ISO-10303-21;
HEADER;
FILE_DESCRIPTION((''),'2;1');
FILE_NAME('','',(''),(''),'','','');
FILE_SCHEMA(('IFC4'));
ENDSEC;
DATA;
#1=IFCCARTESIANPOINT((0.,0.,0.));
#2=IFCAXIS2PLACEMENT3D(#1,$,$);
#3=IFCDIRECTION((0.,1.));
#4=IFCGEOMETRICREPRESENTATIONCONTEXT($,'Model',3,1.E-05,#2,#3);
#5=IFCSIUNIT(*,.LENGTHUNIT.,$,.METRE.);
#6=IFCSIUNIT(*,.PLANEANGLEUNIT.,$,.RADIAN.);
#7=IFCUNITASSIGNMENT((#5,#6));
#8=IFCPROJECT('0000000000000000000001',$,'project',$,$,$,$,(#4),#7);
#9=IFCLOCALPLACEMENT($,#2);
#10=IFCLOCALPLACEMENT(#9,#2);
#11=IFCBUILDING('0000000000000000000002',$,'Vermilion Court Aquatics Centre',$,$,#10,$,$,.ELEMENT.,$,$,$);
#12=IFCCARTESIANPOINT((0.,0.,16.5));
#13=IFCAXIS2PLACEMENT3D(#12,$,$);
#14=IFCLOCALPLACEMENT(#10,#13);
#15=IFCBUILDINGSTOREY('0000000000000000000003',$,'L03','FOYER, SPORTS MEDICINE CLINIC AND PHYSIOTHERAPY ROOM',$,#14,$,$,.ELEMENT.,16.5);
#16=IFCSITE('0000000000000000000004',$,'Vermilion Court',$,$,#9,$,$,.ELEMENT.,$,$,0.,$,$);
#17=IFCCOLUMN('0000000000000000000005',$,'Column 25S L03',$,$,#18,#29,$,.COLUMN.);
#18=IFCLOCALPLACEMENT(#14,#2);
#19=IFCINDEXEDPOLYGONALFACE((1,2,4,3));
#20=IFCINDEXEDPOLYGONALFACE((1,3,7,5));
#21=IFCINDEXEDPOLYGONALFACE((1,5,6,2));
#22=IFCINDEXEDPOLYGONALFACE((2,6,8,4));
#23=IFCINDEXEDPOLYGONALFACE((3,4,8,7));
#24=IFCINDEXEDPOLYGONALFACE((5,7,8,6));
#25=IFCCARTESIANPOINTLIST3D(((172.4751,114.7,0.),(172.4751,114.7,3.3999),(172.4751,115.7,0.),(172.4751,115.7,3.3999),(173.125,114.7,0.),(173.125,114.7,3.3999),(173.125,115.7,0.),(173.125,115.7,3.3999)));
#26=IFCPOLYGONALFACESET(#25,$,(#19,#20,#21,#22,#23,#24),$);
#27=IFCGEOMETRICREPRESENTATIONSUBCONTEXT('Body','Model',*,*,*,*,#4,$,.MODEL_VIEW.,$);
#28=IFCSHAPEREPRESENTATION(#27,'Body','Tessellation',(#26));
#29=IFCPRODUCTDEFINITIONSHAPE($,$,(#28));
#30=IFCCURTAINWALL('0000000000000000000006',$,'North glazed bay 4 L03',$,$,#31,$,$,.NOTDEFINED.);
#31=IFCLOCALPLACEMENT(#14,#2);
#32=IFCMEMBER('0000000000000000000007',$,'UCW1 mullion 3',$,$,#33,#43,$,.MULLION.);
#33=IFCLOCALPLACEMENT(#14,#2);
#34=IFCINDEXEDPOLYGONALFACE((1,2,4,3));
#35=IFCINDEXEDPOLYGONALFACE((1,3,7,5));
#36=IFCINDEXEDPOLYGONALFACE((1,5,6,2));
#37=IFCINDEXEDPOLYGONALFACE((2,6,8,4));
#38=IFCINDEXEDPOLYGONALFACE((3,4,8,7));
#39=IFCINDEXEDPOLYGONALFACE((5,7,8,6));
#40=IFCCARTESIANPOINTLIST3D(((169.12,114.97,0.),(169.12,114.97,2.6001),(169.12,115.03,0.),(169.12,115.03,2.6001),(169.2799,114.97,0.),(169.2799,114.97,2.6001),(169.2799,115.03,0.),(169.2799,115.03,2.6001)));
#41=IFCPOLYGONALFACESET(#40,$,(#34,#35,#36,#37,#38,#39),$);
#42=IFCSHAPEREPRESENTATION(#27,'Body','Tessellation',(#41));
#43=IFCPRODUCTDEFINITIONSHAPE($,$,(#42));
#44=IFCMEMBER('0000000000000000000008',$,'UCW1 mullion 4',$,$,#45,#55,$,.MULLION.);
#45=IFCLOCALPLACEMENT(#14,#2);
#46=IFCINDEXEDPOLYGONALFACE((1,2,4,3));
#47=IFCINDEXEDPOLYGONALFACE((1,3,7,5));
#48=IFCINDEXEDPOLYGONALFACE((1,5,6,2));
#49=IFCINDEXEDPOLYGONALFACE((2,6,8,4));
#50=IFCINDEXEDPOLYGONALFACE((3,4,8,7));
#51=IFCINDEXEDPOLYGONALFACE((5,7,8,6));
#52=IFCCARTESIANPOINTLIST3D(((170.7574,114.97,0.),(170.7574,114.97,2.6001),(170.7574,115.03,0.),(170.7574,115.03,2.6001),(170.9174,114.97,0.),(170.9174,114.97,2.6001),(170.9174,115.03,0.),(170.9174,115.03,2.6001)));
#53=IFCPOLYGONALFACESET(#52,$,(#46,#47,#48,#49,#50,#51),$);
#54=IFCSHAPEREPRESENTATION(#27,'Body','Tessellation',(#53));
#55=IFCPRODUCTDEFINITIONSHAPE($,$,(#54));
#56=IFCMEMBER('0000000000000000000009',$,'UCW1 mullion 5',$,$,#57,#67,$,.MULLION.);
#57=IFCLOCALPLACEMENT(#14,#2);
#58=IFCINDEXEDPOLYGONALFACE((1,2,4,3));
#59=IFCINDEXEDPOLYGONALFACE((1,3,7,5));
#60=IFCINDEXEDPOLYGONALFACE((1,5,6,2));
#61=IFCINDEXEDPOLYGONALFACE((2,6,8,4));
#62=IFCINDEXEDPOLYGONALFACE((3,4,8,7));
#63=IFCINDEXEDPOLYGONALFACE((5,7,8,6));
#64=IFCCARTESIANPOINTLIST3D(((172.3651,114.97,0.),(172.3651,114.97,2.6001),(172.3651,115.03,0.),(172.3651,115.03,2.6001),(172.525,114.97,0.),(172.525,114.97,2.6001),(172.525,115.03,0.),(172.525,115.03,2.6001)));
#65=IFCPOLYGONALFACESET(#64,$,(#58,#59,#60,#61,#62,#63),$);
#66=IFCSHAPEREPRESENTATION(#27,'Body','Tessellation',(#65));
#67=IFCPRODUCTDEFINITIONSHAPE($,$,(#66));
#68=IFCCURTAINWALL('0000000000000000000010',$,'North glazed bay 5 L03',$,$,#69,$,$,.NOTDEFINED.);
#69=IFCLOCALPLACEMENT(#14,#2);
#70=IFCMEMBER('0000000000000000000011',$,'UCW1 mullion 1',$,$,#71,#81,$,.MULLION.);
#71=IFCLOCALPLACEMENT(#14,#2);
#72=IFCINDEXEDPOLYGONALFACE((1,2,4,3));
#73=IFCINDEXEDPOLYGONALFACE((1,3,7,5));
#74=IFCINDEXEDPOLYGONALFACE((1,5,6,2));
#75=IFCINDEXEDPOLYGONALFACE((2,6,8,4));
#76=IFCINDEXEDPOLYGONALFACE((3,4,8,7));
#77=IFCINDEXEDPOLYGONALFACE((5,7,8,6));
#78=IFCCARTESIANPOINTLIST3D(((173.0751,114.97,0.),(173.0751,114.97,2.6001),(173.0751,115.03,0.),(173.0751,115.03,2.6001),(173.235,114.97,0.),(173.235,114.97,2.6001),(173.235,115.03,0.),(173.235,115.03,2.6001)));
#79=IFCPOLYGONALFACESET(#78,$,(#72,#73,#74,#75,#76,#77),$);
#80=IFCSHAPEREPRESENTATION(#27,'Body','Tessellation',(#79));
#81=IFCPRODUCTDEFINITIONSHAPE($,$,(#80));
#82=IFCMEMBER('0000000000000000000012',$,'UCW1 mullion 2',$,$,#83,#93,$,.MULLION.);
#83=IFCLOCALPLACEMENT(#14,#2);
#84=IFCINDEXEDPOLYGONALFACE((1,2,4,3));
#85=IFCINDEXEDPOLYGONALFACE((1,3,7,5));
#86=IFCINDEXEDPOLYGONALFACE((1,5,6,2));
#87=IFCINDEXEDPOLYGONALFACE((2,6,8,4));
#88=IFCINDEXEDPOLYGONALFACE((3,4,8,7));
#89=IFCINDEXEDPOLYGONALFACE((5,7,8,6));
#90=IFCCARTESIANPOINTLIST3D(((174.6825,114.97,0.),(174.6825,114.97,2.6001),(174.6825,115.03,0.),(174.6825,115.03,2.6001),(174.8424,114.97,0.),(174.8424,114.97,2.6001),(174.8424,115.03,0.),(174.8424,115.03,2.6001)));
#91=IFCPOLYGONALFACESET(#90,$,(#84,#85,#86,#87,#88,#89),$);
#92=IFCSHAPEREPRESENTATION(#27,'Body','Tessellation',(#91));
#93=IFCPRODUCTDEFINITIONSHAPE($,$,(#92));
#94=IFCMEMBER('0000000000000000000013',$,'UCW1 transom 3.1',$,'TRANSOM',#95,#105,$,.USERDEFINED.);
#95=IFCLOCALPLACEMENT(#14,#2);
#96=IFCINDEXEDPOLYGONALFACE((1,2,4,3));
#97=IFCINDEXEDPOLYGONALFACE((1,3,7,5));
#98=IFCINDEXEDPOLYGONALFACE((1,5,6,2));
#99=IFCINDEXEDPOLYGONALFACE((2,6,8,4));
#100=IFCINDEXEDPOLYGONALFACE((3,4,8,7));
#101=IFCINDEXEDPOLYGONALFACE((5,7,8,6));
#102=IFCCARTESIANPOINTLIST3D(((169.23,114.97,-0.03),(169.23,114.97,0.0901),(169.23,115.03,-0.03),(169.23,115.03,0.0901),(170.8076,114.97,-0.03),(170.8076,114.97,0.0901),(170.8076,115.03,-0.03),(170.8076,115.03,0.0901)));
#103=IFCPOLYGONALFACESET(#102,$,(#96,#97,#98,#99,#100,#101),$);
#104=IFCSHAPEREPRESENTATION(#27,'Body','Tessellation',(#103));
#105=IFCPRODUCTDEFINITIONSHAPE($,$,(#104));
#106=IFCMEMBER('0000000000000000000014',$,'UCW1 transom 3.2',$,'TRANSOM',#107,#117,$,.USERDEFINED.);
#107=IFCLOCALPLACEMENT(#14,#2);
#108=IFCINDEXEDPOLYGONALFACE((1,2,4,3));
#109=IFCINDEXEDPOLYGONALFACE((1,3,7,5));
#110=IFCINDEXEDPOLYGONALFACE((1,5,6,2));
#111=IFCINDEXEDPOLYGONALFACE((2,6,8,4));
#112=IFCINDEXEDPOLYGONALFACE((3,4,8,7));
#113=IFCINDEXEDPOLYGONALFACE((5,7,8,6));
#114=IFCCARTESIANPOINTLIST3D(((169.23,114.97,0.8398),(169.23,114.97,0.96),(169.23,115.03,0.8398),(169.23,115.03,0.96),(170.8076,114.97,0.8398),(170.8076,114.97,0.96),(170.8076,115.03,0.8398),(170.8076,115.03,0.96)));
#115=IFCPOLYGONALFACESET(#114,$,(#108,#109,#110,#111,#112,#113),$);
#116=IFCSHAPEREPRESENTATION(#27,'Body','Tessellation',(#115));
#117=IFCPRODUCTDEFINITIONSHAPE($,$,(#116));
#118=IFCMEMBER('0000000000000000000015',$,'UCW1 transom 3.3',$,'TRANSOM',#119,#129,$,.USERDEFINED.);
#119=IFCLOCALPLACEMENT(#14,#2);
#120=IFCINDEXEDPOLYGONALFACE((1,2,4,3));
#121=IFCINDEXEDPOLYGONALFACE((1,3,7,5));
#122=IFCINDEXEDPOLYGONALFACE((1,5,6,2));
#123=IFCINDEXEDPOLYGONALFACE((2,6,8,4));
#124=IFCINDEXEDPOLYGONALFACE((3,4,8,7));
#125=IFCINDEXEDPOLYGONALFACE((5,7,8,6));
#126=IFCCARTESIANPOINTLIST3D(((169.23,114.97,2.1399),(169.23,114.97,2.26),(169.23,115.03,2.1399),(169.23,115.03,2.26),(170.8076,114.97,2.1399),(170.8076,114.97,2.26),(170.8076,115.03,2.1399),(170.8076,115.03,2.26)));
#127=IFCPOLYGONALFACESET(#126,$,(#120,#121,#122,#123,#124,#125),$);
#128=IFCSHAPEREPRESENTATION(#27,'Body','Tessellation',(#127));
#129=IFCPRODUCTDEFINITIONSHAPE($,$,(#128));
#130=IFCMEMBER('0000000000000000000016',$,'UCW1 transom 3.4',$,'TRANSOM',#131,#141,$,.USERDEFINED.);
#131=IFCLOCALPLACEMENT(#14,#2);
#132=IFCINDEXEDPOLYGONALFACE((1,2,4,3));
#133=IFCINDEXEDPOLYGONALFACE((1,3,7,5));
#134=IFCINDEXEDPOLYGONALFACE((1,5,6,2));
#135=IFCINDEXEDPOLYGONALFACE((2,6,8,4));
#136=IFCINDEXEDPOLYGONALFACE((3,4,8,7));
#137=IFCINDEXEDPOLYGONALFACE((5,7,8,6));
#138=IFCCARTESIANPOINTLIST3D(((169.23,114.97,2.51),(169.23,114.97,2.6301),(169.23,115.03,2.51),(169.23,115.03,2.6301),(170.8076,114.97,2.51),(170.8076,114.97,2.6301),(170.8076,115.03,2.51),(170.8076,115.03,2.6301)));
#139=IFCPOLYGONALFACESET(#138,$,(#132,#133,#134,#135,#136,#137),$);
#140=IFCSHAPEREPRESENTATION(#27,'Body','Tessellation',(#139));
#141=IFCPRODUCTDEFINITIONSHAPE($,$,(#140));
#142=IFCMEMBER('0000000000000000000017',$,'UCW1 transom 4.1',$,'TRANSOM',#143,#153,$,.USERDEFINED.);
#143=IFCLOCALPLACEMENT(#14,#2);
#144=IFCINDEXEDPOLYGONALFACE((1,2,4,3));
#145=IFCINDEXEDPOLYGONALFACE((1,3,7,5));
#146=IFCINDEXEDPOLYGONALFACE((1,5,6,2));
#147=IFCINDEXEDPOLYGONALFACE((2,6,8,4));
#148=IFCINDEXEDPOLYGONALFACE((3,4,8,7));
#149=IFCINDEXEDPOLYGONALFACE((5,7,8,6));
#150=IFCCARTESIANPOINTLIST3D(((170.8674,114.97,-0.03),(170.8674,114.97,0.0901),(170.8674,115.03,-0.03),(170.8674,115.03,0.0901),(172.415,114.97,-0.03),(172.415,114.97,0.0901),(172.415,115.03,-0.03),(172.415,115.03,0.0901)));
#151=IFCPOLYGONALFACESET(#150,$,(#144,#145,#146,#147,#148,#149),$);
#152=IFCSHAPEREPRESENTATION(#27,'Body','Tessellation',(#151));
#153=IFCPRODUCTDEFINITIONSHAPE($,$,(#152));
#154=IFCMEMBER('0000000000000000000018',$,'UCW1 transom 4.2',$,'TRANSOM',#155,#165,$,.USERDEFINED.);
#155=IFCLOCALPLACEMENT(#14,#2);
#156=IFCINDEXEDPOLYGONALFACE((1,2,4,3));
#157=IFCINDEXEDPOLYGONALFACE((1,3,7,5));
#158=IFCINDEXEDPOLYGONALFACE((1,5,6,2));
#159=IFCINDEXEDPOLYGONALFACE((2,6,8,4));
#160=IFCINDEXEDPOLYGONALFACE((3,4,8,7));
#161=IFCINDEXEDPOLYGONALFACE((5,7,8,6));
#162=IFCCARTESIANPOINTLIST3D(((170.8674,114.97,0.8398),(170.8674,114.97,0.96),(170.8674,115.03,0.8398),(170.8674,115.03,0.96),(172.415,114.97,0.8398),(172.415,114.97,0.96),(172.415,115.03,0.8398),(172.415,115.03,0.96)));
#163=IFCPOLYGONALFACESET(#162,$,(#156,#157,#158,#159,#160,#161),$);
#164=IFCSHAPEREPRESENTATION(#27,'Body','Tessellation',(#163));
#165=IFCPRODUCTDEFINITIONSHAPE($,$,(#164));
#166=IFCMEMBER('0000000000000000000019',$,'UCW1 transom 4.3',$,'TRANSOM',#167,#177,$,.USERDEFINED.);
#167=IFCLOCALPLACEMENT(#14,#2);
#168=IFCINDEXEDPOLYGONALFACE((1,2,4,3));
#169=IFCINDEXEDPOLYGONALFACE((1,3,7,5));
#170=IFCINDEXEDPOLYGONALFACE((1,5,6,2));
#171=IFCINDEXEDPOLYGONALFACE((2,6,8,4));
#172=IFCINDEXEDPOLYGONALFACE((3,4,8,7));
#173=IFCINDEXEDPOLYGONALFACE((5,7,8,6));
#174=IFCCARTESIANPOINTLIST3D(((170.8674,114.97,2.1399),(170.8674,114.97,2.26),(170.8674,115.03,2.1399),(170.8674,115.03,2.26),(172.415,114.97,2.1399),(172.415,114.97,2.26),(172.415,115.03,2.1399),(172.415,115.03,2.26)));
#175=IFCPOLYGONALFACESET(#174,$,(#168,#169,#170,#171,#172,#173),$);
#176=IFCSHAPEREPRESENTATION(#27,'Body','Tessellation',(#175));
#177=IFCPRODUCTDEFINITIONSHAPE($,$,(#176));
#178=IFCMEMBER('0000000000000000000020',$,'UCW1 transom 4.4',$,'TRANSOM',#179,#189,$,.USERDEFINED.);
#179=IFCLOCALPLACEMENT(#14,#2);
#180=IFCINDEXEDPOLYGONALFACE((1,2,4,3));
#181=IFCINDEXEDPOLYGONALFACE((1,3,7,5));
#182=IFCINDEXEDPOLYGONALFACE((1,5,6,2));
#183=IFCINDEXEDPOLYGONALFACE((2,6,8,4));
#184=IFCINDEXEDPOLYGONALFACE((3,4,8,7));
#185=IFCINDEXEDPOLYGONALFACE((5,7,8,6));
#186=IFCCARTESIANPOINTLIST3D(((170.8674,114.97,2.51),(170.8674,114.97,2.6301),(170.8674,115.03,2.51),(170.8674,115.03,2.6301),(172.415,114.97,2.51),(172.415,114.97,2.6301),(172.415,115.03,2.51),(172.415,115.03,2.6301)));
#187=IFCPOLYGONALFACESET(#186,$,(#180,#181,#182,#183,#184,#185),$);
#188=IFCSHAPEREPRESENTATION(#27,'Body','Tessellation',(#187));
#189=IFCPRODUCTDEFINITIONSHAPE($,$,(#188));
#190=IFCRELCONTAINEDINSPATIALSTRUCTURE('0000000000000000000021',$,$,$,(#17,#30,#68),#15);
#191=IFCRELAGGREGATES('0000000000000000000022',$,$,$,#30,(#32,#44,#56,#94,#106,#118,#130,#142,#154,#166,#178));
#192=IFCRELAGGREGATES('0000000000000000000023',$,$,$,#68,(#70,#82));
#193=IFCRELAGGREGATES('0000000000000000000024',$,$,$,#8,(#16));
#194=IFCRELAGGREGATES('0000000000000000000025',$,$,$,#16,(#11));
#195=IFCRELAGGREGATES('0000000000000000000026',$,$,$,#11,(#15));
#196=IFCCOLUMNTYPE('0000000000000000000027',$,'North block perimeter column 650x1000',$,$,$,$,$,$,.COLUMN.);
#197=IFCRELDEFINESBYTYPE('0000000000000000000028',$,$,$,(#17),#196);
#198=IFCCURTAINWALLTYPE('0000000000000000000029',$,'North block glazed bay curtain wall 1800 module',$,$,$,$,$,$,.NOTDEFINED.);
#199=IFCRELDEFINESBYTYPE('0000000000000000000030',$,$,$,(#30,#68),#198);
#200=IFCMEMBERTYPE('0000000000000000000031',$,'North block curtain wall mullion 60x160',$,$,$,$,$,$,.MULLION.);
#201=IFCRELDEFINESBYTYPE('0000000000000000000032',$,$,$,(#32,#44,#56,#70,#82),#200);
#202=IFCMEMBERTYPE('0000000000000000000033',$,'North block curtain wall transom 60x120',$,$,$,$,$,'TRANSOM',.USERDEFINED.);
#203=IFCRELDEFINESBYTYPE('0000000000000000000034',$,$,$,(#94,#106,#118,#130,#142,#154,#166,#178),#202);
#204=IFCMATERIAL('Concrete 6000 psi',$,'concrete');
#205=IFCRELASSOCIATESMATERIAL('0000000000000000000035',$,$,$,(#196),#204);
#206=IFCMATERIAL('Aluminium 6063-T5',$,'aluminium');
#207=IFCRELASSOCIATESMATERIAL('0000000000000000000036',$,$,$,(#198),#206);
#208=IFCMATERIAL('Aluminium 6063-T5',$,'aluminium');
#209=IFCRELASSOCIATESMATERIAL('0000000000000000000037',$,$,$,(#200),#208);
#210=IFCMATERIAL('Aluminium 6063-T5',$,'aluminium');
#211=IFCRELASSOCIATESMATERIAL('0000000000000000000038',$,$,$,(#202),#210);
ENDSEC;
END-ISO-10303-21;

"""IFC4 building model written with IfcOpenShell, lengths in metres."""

from ifc_helpers import new_model, si_unit, direction, frame, origin, origin_2d, place, context, subcontext, project, spatial, rectangle, extrude, material, material_profile, profile_set, type_object, element, aggregate, save


model = new_model("IFC4")

# Units and contexts
model_context = context("Model", 3, precision=1e-05, world=origin(), true_north=direction((0.0, 1.0)))
body_context = subcontext(model_context, "Body", "Model", "MODEL_VIEW")
ifc_project = project(units=[si_unit("LENGTHUNIT", "METRE"), si_unit("PLANEANGLEUNIT", "RADIAN")], contexts=[model_context])

# Site, building, storey
site_placement = place(None, origin())
site = spatial("IfcSite", under=ifc_project, at=site_placement, Name="Vermilion Court", CompositionType="ELEMENT", RefElevation=0.0)
building_placement = place(site_placement, origin())
building = spatial("IfcBuilding", under=site, at=building_placement, Name="Vermilion Court Aquatics Centre", CompositionType="ELEMENT")
storey_placement = place(building_placement, frame((0.0, 0.0, 16.5)))
storey = spatial("IfcBuildingStorey", under=building, at=storey_placement, Name="L03", Description="FOYER, SPORTS MEDICINE CLINIC AND PHYSIOTHERAPY ROOM", CompositionType="ELEMENT", Elevation=16.5)

# Column
ifc_material_1 = material(Name="Concrete 6000 psi", Category="concrete")
ifc_material_profile_1 = material_profile(ifc_material_1, rectangle(XDim=0.6499, YDim=1.0, at=origin_2d()), Name="RC 650x1000")
ifc_profile_set_1 = profile_set([ifc_material_profile_1], Name="Concrete 6000 psi")
column_type = type_object("IfcColumnType", Name="North block perimeter column 650x1000", PredefinedType="COLUMN", material=ifc_profile_set_1)
column_placement = place(storey_placement, frame((172.8, 115.2, 0.0), z_axis=(0.0, 0.0, 1.0), x_axis=(1.0, 0.0, 0.0)))
element("IfcColumn", 1, at=column_placement, inside=storey, type_object=column_type, Name="Column 25S L03", PredefinedType="COLUMN", context=body_context, shape_type="SweptSolid", body=[
    extrude(rectangle(XDim=0.6499, YDim=1.0, at=origin_2d()), origin(), (0.0, 0.0, 1.0), 3.3999),
])

# Curtain walls, members
ifc_material_2 = material(Name="Aluminium 6063-T5", Category="aluminium")
curtain_wall_type = type_object("IfcCurtainWallType", Name="North block glazed bay curtain wall 1800 module", PredefinedType="NOTDEFINED", material=ifc_material_2)
curtain_wall_1_placement = place(storey_placement, origin())
curtain_wall_1 = element("IfcCurtainWall", 2, at=curtain_wall_1_placement, inside=storey, type_object=curtain_wall_type, Name="North glazed bay 4 L03", PredefinedType="NOTDEFINED")
ifc_material_3 = material(Name="Aluminium 6063-T5", Category="aluminium")
ifc_material_profile_2 = material_profile(ifc_material_3, rectangle(XDim=0.0601, YDim=0.1599, at=origin_2d()), Name="AL 60x160")
ifc_profile_set_2 = profile_set([ifc_material_profile_2], Name="Aluminium 6063-T5")
member_type_1 = type_object("IfcMemberType", Name="North block curtain wall mullion 60x160", PredefinedType="MULLION", material=ifc_profile_set_2)
member_1_placement = place(storey_placement, frame((169.2, 115.0, 0.0), z_axis=(0.0, 0.0, 1.0), x_axis=(0.0, 1.0, 0.0)))
member_1 = element("IfcMember", 3, at=member_1_placement, type_object=member_type_1, Name="UCW1 mullion 3", PredefinedType="MULLION", context=body_context, shape_type="SweptSolid", body=[
    extrude(rectangle(XDim=0.0601, YDim=0.1599, at=origin_2d()), origin(), (0.0, 0.0, 1.0), 2.6001),
])
member_2_placement = place(storey_placement, frame((170.8374, 115.0, 0.0), z_axis=(0.0, 0.0, 1.0), x_axis=(0.0, 1.0, 0.0)))
member_2 = element("IfcMember", 4, at=member_2_placement, type_object=member_type_1, Name="UCW1 mullion 4", PredefinedType="MULLION", context=body_context, shape_type="SweptSolid", body=[
    extrude(rectangle(XDim=0.0601, YDim=0.1599, at=origin_2d()), origin(), (0.0, 0.0, 1.0), 2.6001),
])
member_3_placement = place(storey_placement, frame((172.4451, 115.0, 0.0), z_axis=(0.0, 0.0, 1.0), x_axis=(0.0, 1.0, 0.0)))
member_3 = element("IfcMember", 5, at=member_3_placement, type_object=member_type_1, Name="UCW1 mullion 5", PredefinedType="MULLION", context=body_context, shape_type="SweptSolid", body=[
    extrude(rectangle(XDim=0.0601, YDim=0.1599, at=origin_2d()), origin(), (0.0, 0.0, 1.0), 2.6001),
])
curtain_wall_2_placement = place(storey_placement, origin())
curtain_wall_2 = element("IfcCurtainWall", 6, at=curtain_wall_2_placement, inside=storey, type_object=curtain_wall_type, Name="North glazed bay 5 L03", PredefinedType="NOTDEFINED")
member_4_placement = place(storey_placement, frame((173.155, 115.0, 0.0), z_axis=(0.0, 0.0, 1.0), x_axis=(0.0, 1.0, 0.0)))
member_4 = element("IfcMember", 7, at=member_4_placement, type_object=member_type_1, Name="UCW1 mullion 1", PredefinedType="MULLION", context=body_context, shape_type="SweptSolid", body=[
    extrude(rectangle(XDim=0.0601, YDim=0.1599, at=origin_2d()), origin(), (0.0, 0.0, 1.0), 2.6001),
])
member_5_placement = place(storey_placement, frame((174.7625, 115.0, 0.0), z_axis=(0.0, 0.0, 1.0), x_axis=(0.0, 1.0, 0.0)))
member_5 = element("IfcMember", 8, at=member_5_placement, type_object=member_type_1, Name="UCW1 mullion 2", PredefinedType="MULLION", context=body_context, shape_type="SweptSolid", body=[
    extrude(rectangle(XDim=0.0601, YDim=0.1599, at=origin_2d()), origin(), (0.0, 0.0, 1.0), 2.6001),
])

# Members
ifc_material_4 = material(Name="Aluminium 6063-T5", Category="aluminium")
ifc_material_profile_3 = material_profile(ifc_material_4, rectangle(XDim=0.0601, YDim=0.1201, at=origin_2d()), Name="AL 60x120")
ifc_profile_set_3 = profile_set([ifc_material_profile_3], Name="Aluminium 6063-T5")
member_type_2 = type_object("IfcMemberType", Name="North block curtain wall transom 60x120", ElementType="TRANSOM", PredefinedType="USERDEFINED", material=ifc_profile_set_3)
member_6_placement = place(storey_placement, frame((169.23, 115.0, 0.03), z_axis=(1.0, 0.0, 0.0), x_axis=(0.0, 1.0, 0.0)))
member_6 = element("IfcMember", 9, at=member_6_placement, type_object=member_type_2, Name="UCW1 transom 3.1", ObjectType="TRANSOM", PredefinedType="USERDEFINED", context=body_context, shape_type="SweptSolid", body=[
    extrude(rectangle(XDim=0.0601, YDim=0.1201, at=origin_2d()), origin(), (0.0, 0.0, 1.0), 1.5776),
])
member_7_placement = place(storey_placement, frame((169.23, 115.0, 0.8999), z_axis=(1.0, 0.0, 0.0), x_axis=(0.0, 1.0, 0.0)))
member_7 = element("IfcMember", 10, at=member_7_placement, type_object=member_type_2, Name="UCW1 transom 3.2", ObjectType="TRANSOM", PredefinedType="USERDEFINED", context=body_context, shape_type="SweptSolid", body=[
    extrude(rectangle(XDim=0.0601, YDim=0.1201, at=origin_2d()), origin(), (0.0, 0.0, 1.0), 1.5776),
])
member_8_placement = place(storey_placement, frame((169.23, 115.0, 2.2), z_axis=(1.0, 0.0, 0.0), x_axis=(0.0, 1.0, 0.0)))
member_8 = element("IfcMember", 11, at=member_8_placement, type_object=member_type_2, Name="UCW1 transom 3.3", ObjectType="TRANSOM", PredefinedType="USERDEFINED", context=body_context, shape_type="SweptSolid", body=[
    extrude(rectangle(XDim=0.0601, YDim=0.1201, at=origin_2d()), origin(), (0.0, 0.0, 1.0), 1.5776),
])
member_9_placement = place(storey_placement, frame((169.23, 115.0, 2.5701), z_axis=(1.0, 0.0, 0.0), x_axis=(0.0, 1.0, 0.0)))
member_9 = element("IfcMember", 12, at=member_9_placement, type_object=member_type_2, Name="UCW1 transom 3.4", ObjectType="TRANSOM", PredefinedType="USERDEFINED", context=body_context, shape_type="SweptSolid", body=[
    extrude(rectangle(XDim=0.0601, YDim=0.1201, at=origin_2d()), origin(), (0.0, 0.0, 1.0), 1.5776),
])
member_10_placement = place(storey_placement, frame((170.8674, 115.0, 0.03), z_axis=(1.0, 0.0, 0.0), x_axis=(0.0, 1.0, 0.0)))
member_10 = element("IfcMember", 13, at=member_10_placement, type_object=member_type_2, Name="UCW1 transom 4.1", ObjectType="TRANSOM", PredefinedType="USERDEFINED", context=body_context, shape_type="SweptSolid", body=[
    extrude(rectangle(XDim=0.0601, YDim=0.1201, at=origin_2d()), origin(), (0.0, 0.0, 1.0), 1.5476),
])
member_11_placement = place(storey_placement, frame((170.8674, 115.0, 0.8999), z_axis=(1.0, 0.0, 0.0), x_axis=(0.0, 1.0, 0.0)))
member_11 = element("IfcMember", 14, at=member_11_placement, type_object=member_type_2, Name="UCW1 transom 4.2", ObjectType="TRANSOM", PredefinedType="USERDEFINED", context=body_context, shape_type="SweptSolid", body=[
    extrude(rectangle(XDim=0.0601, YDim=0.1201, at=origin_2d()), origin(), (0.0, 0.0, 1.0), 1.5476),
])
member_12_placement = place(storey_placement, frame((170.8674, 115.0, 2.2), z_axis=(1.0, 0.0, 0.0), x_axis=(0.0, 1.0, 0.0)))
member_12 = element("IfcMember", 15, at=member_12_placement, type_object=member_type_2, Name="UCW1 transom 4.3", ObjectType="TRANSOM", PredefinedType="USERDEFINED", context=body_context, shape_type="SweptSolid", body=[
    extrude(rectangle(XDim=0.0601, YDim=0.1201, at=origin_2d()), origin(), (0.0, 0.0, 1.0), 1.5476),
])
member_13_placement = place(storey_placement, frame((170.8674, 115.0, 2.5701), z_axis=(1.0, 0.0, 0.0), x_axis=(0.0, 1.0, 0.0)))
member_13 = element("IfcMember", 16, at=member_13_placement, type_object=member_type_2, Name="UCW1 transom 4.4", ObjectType="TRANSOM", PredefinedType="USERDEFINED", context=body_context, shape_type="SweptSolid", body=[
    extrude(rectangle(XDim=0.0601, YDim=0.1201, at=origin_2d()), origin(), (0.0, 0.0, 1.0), 1.5476),
])

aggregate(curtain_wall_1, [member_1, member_2, member_3, member_6, member_7, member_8, member_9, member_10, member_11, member_12, member_13])
aggregate(curtain_wall_2, [member_4, member_5])

save(model, "model.ifc")
